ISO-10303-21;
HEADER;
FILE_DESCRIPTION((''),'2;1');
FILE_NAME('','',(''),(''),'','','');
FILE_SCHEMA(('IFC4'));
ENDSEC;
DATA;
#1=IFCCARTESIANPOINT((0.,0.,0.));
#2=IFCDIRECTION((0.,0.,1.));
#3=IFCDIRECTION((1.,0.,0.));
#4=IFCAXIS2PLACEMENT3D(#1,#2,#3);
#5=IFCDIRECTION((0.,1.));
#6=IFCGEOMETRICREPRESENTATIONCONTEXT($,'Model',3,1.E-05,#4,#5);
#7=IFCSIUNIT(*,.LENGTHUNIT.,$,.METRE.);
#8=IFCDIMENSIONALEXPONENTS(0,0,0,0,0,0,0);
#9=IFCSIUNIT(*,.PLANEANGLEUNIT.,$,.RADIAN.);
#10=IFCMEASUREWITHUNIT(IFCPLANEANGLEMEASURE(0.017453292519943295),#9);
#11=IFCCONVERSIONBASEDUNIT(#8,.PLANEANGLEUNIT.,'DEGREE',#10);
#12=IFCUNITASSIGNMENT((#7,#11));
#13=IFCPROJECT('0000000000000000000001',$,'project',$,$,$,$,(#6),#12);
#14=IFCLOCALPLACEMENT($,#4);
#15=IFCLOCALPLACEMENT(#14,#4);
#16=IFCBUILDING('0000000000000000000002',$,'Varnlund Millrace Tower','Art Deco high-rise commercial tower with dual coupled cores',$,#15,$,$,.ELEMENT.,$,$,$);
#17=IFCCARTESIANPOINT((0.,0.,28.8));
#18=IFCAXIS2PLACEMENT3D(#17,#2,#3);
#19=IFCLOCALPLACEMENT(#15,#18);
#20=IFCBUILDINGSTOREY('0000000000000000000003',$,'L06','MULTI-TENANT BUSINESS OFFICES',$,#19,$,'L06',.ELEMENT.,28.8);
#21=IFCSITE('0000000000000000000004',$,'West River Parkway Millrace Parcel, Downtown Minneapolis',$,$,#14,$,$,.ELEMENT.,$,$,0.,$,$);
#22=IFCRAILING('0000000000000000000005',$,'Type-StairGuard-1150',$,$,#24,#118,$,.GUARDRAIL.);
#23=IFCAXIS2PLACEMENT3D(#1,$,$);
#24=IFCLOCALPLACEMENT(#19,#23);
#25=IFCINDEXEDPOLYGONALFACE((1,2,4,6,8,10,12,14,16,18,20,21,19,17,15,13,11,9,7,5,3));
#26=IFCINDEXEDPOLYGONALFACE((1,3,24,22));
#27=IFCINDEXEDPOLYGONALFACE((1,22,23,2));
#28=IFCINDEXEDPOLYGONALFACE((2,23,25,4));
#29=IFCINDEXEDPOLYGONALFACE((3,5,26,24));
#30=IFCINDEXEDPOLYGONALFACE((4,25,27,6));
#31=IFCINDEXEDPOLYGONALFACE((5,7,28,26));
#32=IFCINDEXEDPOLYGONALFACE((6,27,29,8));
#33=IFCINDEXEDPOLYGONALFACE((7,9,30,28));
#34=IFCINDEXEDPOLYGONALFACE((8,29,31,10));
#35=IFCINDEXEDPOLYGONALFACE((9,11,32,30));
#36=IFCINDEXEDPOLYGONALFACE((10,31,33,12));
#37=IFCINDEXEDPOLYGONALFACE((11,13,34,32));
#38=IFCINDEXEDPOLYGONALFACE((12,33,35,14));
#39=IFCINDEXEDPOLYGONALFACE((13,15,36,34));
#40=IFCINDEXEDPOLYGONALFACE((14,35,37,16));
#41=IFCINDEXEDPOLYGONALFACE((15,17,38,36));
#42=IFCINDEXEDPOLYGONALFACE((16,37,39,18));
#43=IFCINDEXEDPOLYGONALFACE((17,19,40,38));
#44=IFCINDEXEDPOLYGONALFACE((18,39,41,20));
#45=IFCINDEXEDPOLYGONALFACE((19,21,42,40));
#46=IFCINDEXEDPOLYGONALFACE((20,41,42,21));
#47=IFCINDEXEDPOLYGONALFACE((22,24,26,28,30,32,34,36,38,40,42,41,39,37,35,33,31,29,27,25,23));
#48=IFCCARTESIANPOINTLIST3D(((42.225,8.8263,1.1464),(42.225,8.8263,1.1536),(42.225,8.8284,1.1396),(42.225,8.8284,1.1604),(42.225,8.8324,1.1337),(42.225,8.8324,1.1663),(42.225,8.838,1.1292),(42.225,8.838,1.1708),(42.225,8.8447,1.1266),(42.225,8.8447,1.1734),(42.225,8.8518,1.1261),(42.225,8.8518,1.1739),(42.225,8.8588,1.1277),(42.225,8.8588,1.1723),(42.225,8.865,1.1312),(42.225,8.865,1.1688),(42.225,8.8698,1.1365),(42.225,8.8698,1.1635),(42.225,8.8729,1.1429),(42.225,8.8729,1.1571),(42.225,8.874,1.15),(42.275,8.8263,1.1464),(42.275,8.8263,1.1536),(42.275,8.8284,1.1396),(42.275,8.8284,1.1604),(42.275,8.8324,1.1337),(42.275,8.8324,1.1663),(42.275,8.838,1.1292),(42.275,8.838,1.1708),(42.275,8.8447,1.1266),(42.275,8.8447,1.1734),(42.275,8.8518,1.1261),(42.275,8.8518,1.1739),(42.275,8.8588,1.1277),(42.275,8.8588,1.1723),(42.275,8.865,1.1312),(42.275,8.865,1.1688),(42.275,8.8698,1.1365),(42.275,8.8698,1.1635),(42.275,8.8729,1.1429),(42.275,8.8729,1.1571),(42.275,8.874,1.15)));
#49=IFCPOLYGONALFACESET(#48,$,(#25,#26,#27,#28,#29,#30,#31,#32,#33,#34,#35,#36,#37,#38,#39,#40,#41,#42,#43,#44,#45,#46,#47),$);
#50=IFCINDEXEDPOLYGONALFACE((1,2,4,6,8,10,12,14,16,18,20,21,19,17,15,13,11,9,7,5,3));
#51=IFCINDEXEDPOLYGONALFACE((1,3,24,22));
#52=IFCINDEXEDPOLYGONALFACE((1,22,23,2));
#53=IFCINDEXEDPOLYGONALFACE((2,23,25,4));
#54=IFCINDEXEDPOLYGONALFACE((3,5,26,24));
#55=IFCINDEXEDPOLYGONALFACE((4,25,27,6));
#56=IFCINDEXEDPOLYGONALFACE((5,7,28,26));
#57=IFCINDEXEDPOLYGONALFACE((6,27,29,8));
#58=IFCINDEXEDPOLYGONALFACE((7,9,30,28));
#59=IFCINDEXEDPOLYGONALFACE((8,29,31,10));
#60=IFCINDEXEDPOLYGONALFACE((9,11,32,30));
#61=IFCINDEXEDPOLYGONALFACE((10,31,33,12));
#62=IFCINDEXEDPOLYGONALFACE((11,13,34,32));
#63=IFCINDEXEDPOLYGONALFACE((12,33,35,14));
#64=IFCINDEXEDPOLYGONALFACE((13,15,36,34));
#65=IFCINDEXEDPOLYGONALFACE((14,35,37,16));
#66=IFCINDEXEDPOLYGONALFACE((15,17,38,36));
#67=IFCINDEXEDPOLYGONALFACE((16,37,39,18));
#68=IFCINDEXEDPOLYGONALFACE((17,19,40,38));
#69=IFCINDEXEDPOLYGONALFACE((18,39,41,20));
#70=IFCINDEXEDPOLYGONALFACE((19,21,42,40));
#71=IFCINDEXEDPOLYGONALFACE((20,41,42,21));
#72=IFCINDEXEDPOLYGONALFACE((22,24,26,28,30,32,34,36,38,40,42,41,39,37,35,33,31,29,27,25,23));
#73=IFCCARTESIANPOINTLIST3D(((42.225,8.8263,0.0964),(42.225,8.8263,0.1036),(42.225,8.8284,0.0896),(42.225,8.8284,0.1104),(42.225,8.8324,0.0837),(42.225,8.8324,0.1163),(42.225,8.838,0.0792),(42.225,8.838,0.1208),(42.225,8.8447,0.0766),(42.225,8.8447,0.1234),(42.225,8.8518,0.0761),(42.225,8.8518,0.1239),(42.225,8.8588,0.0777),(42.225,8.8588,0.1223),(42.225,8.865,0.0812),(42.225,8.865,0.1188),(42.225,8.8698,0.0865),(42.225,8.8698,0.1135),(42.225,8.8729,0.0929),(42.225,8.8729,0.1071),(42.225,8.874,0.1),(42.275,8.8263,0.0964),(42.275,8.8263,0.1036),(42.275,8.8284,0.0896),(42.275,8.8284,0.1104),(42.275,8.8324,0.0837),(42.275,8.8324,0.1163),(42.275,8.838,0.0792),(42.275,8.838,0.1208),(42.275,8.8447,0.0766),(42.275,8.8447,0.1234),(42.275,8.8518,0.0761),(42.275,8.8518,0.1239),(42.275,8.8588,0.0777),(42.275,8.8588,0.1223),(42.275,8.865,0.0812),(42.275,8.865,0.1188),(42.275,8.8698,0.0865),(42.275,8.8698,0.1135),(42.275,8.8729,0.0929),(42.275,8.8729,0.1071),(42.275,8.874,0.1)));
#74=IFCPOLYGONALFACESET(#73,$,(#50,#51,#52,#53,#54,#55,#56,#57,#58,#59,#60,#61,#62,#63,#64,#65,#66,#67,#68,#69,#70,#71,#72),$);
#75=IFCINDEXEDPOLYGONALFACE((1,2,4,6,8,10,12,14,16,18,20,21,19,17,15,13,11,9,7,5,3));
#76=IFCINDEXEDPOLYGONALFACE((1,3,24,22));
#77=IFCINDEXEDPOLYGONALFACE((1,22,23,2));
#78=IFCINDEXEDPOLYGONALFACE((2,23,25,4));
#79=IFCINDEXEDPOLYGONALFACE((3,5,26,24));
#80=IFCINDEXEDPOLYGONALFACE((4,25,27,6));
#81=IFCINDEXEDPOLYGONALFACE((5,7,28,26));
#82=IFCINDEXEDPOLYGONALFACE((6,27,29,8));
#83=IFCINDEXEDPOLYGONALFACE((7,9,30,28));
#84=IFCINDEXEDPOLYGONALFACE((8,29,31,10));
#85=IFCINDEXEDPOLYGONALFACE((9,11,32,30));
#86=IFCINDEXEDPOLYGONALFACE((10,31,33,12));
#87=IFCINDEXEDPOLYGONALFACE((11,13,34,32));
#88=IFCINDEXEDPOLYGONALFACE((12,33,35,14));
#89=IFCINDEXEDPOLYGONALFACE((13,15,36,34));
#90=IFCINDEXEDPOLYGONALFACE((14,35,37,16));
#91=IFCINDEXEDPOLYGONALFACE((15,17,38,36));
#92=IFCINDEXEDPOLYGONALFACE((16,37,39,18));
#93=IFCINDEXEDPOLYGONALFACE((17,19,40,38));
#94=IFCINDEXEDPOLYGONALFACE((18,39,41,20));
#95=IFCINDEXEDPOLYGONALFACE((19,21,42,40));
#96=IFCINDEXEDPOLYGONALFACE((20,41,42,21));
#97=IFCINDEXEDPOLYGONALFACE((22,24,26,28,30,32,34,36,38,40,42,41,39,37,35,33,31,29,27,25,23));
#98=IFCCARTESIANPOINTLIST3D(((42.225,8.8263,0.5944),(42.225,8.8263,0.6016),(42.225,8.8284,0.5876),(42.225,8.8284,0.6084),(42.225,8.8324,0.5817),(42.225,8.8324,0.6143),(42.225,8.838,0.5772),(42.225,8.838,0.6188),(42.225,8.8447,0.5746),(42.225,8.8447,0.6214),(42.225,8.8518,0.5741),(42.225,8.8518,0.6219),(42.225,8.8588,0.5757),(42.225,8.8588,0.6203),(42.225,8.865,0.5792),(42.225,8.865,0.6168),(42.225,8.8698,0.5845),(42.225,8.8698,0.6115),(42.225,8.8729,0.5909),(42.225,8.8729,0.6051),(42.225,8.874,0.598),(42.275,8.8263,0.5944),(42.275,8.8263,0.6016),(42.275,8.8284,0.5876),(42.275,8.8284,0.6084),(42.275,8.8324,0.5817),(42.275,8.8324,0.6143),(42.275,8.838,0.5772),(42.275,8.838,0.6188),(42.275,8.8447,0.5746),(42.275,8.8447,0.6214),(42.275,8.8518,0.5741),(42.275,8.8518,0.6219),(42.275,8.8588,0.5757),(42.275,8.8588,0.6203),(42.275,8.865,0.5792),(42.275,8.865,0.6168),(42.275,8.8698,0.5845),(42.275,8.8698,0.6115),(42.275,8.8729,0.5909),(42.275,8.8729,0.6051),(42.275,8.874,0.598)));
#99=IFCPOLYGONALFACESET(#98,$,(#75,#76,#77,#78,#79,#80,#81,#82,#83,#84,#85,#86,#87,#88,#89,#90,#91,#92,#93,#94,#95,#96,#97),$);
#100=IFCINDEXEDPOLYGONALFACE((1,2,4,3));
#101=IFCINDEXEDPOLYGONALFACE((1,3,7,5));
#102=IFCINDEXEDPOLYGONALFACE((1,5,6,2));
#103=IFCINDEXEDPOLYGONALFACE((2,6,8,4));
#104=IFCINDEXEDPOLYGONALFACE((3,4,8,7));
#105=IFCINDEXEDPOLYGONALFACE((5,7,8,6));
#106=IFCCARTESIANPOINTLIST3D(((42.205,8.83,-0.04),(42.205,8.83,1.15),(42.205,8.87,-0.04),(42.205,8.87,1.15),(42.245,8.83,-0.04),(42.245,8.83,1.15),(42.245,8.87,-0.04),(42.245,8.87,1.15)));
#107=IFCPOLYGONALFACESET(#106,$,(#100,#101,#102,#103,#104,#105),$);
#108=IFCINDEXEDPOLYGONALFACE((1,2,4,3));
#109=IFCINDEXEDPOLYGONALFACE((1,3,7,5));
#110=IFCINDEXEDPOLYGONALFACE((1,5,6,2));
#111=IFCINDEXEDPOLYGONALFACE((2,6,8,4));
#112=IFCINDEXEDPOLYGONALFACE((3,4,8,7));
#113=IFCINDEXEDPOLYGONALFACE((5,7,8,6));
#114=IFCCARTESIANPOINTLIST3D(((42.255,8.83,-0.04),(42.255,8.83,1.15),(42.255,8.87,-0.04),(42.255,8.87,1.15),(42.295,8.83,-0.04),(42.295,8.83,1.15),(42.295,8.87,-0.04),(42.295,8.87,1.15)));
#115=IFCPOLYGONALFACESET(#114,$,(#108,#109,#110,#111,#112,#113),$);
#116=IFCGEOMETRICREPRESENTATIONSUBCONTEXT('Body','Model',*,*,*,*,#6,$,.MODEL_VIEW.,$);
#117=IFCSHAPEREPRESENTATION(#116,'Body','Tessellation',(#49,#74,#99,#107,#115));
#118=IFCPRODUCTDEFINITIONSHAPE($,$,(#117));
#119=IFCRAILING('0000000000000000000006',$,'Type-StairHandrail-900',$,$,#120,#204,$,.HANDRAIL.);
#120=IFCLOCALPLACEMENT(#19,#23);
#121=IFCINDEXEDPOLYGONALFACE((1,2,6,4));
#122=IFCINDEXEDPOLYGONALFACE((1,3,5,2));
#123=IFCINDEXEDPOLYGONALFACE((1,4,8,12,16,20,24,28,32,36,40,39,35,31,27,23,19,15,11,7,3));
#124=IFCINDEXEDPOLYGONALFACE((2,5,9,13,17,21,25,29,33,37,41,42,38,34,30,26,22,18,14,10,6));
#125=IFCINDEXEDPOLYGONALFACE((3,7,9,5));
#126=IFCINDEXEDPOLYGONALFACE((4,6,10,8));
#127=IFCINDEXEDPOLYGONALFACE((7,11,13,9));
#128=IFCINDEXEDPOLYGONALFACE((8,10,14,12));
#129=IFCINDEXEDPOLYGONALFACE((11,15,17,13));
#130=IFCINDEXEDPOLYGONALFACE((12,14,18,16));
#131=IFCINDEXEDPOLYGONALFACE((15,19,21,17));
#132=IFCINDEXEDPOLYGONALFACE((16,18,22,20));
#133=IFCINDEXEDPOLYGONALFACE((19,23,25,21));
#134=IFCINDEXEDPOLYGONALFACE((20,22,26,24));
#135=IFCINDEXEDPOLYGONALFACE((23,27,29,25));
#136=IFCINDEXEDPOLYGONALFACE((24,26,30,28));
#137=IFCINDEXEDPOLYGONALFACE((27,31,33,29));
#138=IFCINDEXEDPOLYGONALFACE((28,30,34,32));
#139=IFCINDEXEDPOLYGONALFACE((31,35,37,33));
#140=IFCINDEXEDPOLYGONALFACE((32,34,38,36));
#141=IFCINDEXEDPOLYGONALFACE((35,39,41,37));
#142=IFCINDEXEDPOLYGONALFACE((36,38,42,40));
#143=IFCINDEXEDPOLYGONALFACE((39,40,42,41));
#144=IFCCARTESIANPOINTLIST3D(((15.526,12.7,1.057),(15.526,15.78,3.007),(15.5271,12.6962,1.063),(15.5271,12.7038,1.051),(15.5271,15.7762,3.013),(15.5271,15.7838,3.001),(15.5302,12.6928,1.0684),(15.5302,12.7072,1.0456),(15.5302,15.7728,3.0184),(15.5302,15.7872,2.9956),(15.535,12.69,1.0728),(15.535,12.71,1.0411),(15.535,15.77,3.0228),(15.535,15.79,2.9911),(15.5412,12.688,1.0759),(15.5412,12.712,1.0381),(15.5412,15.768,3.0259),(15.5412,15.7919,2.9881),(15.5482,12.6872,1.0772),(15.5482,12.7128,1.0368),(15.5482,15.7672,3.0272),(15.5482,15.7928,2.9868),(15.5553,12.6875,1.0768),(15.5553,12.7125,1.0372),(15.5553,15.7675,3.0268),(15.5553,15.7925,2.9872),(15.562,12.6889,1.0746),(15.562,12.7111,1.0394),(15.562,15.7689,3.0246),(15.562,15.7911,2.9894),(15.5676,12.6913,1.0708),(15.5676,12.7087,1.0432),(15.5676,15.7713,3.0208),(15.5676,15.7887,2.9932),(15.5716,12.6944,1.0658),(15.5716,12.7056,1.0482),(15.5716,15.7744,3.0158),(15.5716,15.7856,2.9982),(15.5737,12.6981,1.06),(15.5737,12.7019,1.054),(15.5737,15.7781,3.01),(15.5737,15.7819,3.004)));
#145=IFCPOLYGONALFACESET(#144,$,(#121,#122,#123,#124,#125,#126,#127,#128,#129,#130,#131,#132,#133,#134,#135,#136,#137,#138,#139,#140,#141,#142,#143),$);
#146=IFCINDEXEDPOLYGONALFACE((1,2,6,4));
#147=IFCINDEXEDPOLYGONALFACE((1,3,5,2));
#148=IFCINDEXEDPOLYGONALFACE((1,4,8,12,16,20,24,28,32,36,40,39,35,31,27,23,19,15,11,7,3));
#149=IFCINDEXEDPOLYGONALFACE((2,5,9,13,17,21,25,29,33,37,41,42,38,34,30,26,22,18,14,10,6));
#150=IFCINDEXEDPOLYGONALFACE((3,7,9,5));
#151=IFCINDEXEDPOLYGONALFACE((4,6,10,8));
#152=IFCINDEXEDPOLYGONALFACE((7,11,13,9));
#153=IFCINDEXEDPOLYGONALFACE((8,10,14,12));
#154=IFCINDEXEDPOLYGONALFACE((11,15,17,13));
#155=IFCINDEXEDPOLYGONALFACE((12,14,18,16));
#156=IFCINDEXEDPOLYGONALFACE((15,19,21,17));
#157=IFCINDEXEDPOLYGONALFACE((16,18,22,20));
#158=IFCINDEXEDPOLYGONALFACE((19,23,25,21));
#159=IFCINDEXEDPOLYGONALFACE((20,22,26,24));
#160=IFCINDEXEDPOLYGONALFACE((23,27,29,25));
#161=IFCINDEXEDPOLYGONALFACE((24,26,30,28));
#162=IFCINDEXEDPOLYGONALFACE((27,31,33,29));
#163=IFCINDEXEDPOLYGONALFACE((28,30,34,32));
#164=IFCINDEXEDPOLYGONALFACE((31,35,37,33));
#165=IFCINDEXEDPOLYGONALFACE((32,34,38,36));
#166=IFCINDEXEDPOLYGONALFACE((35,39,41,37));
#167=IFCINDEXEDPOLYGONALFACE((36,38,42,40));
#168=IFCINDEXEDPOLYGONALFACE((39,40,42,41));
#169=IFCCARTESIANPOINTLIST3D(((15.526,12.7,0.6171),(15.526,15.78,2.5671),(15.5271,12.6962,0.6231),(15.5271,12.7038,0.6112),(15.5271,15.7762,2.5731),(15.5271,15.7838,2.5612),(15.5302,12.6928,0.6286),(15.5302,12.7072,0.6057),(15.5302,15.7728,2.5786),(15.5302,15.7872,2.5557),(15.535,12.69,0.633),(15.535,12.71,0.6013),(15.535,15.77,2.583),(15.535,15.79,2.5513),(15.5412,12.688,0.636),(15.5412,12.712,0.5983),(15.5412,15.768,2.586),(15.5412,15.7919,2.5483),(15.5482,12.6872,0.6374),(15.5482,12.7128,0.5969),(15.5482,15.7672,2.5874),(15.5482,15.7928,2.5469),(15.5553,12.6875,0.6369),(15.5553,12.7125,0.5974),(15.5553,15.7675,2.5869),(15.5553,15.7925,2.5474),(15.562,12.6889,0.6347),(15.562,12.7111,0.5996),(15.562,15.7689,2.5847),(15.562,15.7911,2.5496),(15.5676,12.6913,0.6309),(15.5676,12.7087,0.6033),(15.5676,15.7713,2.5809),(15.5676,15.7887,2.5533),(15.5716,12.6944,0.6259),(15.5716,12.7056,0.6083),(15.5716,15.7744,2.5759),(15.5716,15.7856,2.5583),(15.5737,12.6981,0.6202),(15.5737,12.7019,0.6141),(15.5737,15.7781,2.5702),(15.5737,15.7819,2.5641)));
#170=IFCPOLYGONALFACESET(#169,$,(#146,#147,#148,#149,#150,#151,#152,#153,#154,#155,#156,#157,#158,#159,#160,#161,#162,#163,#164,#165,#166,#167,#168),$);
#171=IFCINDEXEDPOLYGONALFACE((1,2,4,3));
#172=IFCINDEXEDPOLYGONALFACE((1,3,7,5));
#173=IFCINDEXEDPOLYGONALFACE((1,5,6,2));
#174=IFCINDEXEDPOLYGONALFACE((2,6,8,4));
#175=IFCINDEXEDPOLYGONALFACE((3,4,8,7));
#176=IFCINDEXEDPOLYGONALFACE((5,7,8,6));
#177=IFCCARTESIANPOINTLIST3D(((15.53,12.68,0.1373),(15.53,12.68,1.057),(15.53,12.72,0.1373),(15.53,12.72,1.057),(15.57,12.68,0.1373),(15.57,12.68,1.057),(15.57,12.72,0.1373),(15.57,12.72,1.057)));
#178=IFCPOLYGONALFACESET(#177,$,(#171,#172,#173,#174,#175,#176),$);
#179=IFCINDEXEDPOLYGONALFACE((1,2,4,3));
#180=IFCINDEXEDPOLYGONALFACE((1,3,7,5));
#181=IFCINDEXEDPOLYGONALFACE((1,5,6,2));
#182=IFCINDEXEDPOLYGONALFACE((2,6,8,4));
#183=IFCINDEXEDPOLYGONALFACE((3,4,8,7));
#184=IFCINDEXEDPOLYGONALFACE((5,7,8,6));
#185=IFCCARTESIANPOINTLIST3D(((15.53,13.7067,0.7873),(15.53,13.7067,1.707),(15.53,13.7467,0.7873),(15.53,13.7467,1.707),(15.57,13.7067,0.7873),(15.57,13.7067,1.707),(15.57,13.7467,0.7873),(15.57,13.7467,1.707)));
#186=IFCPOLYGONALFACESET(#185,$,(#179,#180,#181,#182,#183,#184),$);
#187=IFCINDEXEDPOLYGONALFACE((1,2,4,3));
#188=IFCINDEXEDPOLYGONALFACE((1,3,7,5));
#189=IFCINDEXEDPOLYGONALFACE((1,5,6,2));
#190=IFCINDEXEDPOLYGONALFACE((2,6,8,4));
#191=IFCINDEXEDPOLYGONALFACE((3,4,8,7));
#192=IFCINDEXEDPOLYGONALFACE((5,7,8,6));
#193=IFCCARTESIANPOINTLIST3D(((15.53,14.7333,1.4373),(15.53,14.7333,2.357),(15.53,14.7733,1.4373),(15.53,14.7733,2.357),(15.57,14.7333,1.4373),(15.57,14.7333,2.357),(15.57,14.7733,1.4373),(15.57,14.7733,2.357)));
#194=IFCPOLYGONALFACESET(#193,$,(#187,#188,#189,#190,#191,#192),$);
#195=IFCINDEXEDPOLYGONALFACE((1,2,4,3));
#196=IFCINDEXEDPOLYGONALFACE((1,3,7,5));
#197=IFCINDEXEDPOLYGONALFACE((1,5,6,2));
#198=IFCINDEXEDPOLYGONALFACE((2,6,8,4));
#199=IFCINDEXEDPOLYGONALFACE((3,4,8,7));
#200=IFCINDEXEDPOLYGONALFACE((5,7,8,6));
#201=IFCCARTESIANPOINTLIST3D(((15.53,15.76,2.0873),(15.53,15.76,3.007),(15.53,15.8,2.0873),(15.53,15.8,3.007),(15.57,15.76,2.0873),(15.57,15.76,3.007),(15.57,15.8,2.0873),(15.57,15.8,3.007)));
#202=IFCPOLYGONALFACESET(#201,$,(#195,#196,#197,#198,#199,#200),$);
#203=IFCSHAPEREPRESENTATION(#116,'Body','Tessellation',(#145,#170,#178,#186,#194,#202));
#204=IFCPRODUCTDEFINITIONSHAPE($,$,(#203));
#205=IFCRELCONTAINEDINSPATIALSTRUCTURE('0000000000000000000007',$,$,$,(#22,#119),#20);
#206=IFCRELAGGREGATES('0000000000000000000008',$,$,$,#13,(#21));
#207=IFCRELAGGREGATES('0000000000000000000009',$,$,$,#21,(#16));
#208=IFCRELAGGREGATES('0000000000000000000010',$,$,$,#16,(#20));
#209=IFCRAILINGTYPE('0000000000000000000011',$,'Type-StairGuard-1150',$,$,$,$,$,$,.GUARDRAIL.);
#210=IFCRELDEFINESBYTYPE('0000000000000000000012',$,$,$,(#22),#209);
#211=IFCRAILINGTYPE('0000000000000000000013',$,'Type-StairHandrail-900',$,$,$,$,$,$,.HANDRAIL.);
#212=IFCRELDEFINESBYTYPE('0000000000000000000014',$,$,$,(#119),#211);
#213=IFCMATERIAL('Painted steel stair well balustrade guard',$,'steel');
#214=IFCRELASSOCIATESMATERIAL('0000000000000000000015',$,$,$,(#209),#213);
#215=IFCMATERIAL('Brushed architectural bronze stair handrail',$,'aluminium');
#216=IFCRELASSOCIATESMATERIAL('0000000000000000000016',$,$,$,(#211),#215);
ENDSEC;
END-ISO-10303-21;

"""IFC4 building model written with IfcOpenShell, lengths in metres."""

from ifc_helpers import new_model, entity, si_unit, converted_unit, direction, frame, origin_with_axes, origin_2d_with_axis, place, context, subcontext, project, spatial, rectangle, circle, extrude, material, type_object, element, save


model = new_model("IFC4")

# Units and contexts
model_context = context("Model", 3, precision=1e-05, world=origin_with_axes(), true_north=direction((0.0, 1.0)))
body_context = subcontext(model_context, "Body", "Model", "MODEL_VIEW")
ifc_project = project(units=[si_unit("LENGTHUNIT", "METRE"), converted_unit("PLANEANGLEUNIT", "DEGREE", entity("IfcPlaneAngleMeasure", 0.017453292519943295), si_unit("PLANEANGLEUNIT", "RADIAN"), dimensions=[0, 0, 0, 0, 0, 0, 0])], contexts=[model_context])

# Site, building, storey
site_placement = place(None, origin_with_axes())
site = spatial("IfcSite", under=ifc_project, at=site_placement, Name="West River Parkway Millrace Parcel, Downtown Minneapolis", CompositionType="ELEMENT", RefElevation=0.0)
building_placement = place(site_placement, origin_with_axes())
building = spatial("IfcBuilding", under=site, at=building_placement, Name="Varnlund Millrace Tower", Description="Art Deco high-rise commercial tower with dual coupled cores", CompositionType="ELEMENT")
storey_placement = place(building_placement, frame((0.0, 0.0, 28.8), z_axis=(0.0, 0.0, 1.0), x_axis=(1.0, 0.0, 0.0)))
storey = spatial("IfcBuildingStorey", under=building, at=storey_placement, Name="L06", Description="MULTI-TENANT BUSINESS OFFICES", LongName="L06", CompositionType="ELEMENT", Elevation=28.8)

# Railings
ifc_material_1 = material(Name="Painted steel stair well balustrade guard", Category="steel")
railing_type_1 = type_object("IfcRailingType", Name="Type-StairGuard-1150", PredefinedType="GUARDRAIL", material=ifc_material_1)
railing_1_placement = place(storey_placement, frame((0.0, 0.0, -28.8), z_axis=(0.0, 0.0, 1.0), x_axis=(1.0, 0.0, 0.0)))
element("IfcRailing", 1, at=railing_1_placement, inside=storey, type_object=railing_type_1, Name="Type-StairGuard-1150", PredefinedType="GUARDRAIL", context=body_context, shape_type="SweptSolid", body=[
    extrude(circle(Radius=0.024, at=origin_2d_with_axis()), frame((42.225, 8.85, 29.95), z_axis=(1.0, 0.0, 0.0), x_axis=(0.0, 1.0, 0.0)), (0.0, 0.0, 1.0), 0.05),
    extrude(circle(Radius=0.024, at=origin_2d_with_axis()), frame((42.225, 8.85, 28.9), z_axis=(1.0, 0.0, 0.0), x_axis=(0.0, 1.0, 0.0)), (0.0, 0.0, 1.0), 0.05),
    extrude(circle(Radius=0.024, at=origin_2d_with_axis()), frame((42.225, 8.85, 29.398), z_axis=(1.0, 0.0, 0.0), x_axis=(0.0, 1.0, 0.0)), (0.0, 0.0, 1.0), 0.05),
    extrude(rectangle(XDim=0.04, YDim=0.04, at=origin_2d_with_axis()), frame((42.225, 8.85, 28.76), z_axis=(0.0, 0.0, 1.0), x_axis=(1.0, 0.0, 0.0)), (0.0, 0.0, 1.0), 1.19),
    extrude(rectangle(XDim=0.04, YDim=0.04, at=origin_2d_with_axis()), frame((42.275, 8.85, 28.76), z_axis=(0.0, 0.0, 1.0), x_axis=(1.0, 0.0, 0.0)), (0.0, 0.0, 1.0), 1.19),
])
ifc_material_2 = material(Name="Brushed architectural bronze stair handrail", Category="aluminium")
railing_type_2 = type_object("IfcRailingType", Name="Type-StairHandrail-900", PredefinedType="HANDRAIL", material=ifc_material_2)
railing_2_placement = place(storey_placement, frame((0.0, 0.0, -28.8), z_axis=(0.0, 0.0, 1.0), x_axis=(1.0, 0.0, 0.0)))
element("IfcRailing", 2, at=railing_2_placement, inside=storey, type_object=railing_type_2, Name="Type-StairHandrail-900", PredefinedType="HANDRAIL", context=body_context, shape_type="SweptSolid", body=[
    extrude(circle(Radius=0.024, at=origin_2d_with_axis()), frame((15.55, 12.7, 29.857), z_axis=(0.0, 0.844902, 0.534922), x_axis=(-1.0, 0.0, 0.0)), (0.0, 0.0, 1.0), 3.6454),
    extrude(circle(Radius=0.024, at=origin_2d_with_axis()), frame((15.55, 12.7, 29.4171), z_axis=(0.0, 0.844902, 0.534922), x_axis=(-1.0, 0.0, 0.0)), (0.0, 0.0, 1.0), 3.6454),
    extrude(rectangle(XDim=0.04, YDim=0.04, at=origin_2d_with_axis()), frame((15.55, 12.7, 28.9373), z_axis=(0.0, 0.0, 1.0), x_axis=(1.0, 0.0, 0.0)), (0.0, 0.0, 1.0), 0.9197),
    extrude(rectangle(XDim=0.04, YDim=0.04, at=origin_2d_with_axis()), frame((15.55, 13.7267, 29.5873), z_axis=(0.0, 0.0, 1.0), x_axis=(1.0, 0.0, 0.0)), (0.0, 0.0, 1.0), 0.9197),
    extrude(rectangle(XDim=0.04, YDim=0.04, at=origin_2d_with_axis()), frame((15.55, 14.7533, 30.2373), z_axis=(0.0, 0.0, 1.0), x_axis=(1.0, 0.0, 0.0)), (0.0, 0.0, 1.0), 0.9197),
    extrude(rectangle(XDim=0.04, YDim=0.04, at=origin_2d_with_axis()), frame((15.55, 15.78, 30.8873), z_axis=(0.0, 0.0, 1.0), x_axis=(1.0, 0.0, 0.0)), (0.0, 0.0, 1.0), 0.9197),
])

save(model, "model.ifc")
